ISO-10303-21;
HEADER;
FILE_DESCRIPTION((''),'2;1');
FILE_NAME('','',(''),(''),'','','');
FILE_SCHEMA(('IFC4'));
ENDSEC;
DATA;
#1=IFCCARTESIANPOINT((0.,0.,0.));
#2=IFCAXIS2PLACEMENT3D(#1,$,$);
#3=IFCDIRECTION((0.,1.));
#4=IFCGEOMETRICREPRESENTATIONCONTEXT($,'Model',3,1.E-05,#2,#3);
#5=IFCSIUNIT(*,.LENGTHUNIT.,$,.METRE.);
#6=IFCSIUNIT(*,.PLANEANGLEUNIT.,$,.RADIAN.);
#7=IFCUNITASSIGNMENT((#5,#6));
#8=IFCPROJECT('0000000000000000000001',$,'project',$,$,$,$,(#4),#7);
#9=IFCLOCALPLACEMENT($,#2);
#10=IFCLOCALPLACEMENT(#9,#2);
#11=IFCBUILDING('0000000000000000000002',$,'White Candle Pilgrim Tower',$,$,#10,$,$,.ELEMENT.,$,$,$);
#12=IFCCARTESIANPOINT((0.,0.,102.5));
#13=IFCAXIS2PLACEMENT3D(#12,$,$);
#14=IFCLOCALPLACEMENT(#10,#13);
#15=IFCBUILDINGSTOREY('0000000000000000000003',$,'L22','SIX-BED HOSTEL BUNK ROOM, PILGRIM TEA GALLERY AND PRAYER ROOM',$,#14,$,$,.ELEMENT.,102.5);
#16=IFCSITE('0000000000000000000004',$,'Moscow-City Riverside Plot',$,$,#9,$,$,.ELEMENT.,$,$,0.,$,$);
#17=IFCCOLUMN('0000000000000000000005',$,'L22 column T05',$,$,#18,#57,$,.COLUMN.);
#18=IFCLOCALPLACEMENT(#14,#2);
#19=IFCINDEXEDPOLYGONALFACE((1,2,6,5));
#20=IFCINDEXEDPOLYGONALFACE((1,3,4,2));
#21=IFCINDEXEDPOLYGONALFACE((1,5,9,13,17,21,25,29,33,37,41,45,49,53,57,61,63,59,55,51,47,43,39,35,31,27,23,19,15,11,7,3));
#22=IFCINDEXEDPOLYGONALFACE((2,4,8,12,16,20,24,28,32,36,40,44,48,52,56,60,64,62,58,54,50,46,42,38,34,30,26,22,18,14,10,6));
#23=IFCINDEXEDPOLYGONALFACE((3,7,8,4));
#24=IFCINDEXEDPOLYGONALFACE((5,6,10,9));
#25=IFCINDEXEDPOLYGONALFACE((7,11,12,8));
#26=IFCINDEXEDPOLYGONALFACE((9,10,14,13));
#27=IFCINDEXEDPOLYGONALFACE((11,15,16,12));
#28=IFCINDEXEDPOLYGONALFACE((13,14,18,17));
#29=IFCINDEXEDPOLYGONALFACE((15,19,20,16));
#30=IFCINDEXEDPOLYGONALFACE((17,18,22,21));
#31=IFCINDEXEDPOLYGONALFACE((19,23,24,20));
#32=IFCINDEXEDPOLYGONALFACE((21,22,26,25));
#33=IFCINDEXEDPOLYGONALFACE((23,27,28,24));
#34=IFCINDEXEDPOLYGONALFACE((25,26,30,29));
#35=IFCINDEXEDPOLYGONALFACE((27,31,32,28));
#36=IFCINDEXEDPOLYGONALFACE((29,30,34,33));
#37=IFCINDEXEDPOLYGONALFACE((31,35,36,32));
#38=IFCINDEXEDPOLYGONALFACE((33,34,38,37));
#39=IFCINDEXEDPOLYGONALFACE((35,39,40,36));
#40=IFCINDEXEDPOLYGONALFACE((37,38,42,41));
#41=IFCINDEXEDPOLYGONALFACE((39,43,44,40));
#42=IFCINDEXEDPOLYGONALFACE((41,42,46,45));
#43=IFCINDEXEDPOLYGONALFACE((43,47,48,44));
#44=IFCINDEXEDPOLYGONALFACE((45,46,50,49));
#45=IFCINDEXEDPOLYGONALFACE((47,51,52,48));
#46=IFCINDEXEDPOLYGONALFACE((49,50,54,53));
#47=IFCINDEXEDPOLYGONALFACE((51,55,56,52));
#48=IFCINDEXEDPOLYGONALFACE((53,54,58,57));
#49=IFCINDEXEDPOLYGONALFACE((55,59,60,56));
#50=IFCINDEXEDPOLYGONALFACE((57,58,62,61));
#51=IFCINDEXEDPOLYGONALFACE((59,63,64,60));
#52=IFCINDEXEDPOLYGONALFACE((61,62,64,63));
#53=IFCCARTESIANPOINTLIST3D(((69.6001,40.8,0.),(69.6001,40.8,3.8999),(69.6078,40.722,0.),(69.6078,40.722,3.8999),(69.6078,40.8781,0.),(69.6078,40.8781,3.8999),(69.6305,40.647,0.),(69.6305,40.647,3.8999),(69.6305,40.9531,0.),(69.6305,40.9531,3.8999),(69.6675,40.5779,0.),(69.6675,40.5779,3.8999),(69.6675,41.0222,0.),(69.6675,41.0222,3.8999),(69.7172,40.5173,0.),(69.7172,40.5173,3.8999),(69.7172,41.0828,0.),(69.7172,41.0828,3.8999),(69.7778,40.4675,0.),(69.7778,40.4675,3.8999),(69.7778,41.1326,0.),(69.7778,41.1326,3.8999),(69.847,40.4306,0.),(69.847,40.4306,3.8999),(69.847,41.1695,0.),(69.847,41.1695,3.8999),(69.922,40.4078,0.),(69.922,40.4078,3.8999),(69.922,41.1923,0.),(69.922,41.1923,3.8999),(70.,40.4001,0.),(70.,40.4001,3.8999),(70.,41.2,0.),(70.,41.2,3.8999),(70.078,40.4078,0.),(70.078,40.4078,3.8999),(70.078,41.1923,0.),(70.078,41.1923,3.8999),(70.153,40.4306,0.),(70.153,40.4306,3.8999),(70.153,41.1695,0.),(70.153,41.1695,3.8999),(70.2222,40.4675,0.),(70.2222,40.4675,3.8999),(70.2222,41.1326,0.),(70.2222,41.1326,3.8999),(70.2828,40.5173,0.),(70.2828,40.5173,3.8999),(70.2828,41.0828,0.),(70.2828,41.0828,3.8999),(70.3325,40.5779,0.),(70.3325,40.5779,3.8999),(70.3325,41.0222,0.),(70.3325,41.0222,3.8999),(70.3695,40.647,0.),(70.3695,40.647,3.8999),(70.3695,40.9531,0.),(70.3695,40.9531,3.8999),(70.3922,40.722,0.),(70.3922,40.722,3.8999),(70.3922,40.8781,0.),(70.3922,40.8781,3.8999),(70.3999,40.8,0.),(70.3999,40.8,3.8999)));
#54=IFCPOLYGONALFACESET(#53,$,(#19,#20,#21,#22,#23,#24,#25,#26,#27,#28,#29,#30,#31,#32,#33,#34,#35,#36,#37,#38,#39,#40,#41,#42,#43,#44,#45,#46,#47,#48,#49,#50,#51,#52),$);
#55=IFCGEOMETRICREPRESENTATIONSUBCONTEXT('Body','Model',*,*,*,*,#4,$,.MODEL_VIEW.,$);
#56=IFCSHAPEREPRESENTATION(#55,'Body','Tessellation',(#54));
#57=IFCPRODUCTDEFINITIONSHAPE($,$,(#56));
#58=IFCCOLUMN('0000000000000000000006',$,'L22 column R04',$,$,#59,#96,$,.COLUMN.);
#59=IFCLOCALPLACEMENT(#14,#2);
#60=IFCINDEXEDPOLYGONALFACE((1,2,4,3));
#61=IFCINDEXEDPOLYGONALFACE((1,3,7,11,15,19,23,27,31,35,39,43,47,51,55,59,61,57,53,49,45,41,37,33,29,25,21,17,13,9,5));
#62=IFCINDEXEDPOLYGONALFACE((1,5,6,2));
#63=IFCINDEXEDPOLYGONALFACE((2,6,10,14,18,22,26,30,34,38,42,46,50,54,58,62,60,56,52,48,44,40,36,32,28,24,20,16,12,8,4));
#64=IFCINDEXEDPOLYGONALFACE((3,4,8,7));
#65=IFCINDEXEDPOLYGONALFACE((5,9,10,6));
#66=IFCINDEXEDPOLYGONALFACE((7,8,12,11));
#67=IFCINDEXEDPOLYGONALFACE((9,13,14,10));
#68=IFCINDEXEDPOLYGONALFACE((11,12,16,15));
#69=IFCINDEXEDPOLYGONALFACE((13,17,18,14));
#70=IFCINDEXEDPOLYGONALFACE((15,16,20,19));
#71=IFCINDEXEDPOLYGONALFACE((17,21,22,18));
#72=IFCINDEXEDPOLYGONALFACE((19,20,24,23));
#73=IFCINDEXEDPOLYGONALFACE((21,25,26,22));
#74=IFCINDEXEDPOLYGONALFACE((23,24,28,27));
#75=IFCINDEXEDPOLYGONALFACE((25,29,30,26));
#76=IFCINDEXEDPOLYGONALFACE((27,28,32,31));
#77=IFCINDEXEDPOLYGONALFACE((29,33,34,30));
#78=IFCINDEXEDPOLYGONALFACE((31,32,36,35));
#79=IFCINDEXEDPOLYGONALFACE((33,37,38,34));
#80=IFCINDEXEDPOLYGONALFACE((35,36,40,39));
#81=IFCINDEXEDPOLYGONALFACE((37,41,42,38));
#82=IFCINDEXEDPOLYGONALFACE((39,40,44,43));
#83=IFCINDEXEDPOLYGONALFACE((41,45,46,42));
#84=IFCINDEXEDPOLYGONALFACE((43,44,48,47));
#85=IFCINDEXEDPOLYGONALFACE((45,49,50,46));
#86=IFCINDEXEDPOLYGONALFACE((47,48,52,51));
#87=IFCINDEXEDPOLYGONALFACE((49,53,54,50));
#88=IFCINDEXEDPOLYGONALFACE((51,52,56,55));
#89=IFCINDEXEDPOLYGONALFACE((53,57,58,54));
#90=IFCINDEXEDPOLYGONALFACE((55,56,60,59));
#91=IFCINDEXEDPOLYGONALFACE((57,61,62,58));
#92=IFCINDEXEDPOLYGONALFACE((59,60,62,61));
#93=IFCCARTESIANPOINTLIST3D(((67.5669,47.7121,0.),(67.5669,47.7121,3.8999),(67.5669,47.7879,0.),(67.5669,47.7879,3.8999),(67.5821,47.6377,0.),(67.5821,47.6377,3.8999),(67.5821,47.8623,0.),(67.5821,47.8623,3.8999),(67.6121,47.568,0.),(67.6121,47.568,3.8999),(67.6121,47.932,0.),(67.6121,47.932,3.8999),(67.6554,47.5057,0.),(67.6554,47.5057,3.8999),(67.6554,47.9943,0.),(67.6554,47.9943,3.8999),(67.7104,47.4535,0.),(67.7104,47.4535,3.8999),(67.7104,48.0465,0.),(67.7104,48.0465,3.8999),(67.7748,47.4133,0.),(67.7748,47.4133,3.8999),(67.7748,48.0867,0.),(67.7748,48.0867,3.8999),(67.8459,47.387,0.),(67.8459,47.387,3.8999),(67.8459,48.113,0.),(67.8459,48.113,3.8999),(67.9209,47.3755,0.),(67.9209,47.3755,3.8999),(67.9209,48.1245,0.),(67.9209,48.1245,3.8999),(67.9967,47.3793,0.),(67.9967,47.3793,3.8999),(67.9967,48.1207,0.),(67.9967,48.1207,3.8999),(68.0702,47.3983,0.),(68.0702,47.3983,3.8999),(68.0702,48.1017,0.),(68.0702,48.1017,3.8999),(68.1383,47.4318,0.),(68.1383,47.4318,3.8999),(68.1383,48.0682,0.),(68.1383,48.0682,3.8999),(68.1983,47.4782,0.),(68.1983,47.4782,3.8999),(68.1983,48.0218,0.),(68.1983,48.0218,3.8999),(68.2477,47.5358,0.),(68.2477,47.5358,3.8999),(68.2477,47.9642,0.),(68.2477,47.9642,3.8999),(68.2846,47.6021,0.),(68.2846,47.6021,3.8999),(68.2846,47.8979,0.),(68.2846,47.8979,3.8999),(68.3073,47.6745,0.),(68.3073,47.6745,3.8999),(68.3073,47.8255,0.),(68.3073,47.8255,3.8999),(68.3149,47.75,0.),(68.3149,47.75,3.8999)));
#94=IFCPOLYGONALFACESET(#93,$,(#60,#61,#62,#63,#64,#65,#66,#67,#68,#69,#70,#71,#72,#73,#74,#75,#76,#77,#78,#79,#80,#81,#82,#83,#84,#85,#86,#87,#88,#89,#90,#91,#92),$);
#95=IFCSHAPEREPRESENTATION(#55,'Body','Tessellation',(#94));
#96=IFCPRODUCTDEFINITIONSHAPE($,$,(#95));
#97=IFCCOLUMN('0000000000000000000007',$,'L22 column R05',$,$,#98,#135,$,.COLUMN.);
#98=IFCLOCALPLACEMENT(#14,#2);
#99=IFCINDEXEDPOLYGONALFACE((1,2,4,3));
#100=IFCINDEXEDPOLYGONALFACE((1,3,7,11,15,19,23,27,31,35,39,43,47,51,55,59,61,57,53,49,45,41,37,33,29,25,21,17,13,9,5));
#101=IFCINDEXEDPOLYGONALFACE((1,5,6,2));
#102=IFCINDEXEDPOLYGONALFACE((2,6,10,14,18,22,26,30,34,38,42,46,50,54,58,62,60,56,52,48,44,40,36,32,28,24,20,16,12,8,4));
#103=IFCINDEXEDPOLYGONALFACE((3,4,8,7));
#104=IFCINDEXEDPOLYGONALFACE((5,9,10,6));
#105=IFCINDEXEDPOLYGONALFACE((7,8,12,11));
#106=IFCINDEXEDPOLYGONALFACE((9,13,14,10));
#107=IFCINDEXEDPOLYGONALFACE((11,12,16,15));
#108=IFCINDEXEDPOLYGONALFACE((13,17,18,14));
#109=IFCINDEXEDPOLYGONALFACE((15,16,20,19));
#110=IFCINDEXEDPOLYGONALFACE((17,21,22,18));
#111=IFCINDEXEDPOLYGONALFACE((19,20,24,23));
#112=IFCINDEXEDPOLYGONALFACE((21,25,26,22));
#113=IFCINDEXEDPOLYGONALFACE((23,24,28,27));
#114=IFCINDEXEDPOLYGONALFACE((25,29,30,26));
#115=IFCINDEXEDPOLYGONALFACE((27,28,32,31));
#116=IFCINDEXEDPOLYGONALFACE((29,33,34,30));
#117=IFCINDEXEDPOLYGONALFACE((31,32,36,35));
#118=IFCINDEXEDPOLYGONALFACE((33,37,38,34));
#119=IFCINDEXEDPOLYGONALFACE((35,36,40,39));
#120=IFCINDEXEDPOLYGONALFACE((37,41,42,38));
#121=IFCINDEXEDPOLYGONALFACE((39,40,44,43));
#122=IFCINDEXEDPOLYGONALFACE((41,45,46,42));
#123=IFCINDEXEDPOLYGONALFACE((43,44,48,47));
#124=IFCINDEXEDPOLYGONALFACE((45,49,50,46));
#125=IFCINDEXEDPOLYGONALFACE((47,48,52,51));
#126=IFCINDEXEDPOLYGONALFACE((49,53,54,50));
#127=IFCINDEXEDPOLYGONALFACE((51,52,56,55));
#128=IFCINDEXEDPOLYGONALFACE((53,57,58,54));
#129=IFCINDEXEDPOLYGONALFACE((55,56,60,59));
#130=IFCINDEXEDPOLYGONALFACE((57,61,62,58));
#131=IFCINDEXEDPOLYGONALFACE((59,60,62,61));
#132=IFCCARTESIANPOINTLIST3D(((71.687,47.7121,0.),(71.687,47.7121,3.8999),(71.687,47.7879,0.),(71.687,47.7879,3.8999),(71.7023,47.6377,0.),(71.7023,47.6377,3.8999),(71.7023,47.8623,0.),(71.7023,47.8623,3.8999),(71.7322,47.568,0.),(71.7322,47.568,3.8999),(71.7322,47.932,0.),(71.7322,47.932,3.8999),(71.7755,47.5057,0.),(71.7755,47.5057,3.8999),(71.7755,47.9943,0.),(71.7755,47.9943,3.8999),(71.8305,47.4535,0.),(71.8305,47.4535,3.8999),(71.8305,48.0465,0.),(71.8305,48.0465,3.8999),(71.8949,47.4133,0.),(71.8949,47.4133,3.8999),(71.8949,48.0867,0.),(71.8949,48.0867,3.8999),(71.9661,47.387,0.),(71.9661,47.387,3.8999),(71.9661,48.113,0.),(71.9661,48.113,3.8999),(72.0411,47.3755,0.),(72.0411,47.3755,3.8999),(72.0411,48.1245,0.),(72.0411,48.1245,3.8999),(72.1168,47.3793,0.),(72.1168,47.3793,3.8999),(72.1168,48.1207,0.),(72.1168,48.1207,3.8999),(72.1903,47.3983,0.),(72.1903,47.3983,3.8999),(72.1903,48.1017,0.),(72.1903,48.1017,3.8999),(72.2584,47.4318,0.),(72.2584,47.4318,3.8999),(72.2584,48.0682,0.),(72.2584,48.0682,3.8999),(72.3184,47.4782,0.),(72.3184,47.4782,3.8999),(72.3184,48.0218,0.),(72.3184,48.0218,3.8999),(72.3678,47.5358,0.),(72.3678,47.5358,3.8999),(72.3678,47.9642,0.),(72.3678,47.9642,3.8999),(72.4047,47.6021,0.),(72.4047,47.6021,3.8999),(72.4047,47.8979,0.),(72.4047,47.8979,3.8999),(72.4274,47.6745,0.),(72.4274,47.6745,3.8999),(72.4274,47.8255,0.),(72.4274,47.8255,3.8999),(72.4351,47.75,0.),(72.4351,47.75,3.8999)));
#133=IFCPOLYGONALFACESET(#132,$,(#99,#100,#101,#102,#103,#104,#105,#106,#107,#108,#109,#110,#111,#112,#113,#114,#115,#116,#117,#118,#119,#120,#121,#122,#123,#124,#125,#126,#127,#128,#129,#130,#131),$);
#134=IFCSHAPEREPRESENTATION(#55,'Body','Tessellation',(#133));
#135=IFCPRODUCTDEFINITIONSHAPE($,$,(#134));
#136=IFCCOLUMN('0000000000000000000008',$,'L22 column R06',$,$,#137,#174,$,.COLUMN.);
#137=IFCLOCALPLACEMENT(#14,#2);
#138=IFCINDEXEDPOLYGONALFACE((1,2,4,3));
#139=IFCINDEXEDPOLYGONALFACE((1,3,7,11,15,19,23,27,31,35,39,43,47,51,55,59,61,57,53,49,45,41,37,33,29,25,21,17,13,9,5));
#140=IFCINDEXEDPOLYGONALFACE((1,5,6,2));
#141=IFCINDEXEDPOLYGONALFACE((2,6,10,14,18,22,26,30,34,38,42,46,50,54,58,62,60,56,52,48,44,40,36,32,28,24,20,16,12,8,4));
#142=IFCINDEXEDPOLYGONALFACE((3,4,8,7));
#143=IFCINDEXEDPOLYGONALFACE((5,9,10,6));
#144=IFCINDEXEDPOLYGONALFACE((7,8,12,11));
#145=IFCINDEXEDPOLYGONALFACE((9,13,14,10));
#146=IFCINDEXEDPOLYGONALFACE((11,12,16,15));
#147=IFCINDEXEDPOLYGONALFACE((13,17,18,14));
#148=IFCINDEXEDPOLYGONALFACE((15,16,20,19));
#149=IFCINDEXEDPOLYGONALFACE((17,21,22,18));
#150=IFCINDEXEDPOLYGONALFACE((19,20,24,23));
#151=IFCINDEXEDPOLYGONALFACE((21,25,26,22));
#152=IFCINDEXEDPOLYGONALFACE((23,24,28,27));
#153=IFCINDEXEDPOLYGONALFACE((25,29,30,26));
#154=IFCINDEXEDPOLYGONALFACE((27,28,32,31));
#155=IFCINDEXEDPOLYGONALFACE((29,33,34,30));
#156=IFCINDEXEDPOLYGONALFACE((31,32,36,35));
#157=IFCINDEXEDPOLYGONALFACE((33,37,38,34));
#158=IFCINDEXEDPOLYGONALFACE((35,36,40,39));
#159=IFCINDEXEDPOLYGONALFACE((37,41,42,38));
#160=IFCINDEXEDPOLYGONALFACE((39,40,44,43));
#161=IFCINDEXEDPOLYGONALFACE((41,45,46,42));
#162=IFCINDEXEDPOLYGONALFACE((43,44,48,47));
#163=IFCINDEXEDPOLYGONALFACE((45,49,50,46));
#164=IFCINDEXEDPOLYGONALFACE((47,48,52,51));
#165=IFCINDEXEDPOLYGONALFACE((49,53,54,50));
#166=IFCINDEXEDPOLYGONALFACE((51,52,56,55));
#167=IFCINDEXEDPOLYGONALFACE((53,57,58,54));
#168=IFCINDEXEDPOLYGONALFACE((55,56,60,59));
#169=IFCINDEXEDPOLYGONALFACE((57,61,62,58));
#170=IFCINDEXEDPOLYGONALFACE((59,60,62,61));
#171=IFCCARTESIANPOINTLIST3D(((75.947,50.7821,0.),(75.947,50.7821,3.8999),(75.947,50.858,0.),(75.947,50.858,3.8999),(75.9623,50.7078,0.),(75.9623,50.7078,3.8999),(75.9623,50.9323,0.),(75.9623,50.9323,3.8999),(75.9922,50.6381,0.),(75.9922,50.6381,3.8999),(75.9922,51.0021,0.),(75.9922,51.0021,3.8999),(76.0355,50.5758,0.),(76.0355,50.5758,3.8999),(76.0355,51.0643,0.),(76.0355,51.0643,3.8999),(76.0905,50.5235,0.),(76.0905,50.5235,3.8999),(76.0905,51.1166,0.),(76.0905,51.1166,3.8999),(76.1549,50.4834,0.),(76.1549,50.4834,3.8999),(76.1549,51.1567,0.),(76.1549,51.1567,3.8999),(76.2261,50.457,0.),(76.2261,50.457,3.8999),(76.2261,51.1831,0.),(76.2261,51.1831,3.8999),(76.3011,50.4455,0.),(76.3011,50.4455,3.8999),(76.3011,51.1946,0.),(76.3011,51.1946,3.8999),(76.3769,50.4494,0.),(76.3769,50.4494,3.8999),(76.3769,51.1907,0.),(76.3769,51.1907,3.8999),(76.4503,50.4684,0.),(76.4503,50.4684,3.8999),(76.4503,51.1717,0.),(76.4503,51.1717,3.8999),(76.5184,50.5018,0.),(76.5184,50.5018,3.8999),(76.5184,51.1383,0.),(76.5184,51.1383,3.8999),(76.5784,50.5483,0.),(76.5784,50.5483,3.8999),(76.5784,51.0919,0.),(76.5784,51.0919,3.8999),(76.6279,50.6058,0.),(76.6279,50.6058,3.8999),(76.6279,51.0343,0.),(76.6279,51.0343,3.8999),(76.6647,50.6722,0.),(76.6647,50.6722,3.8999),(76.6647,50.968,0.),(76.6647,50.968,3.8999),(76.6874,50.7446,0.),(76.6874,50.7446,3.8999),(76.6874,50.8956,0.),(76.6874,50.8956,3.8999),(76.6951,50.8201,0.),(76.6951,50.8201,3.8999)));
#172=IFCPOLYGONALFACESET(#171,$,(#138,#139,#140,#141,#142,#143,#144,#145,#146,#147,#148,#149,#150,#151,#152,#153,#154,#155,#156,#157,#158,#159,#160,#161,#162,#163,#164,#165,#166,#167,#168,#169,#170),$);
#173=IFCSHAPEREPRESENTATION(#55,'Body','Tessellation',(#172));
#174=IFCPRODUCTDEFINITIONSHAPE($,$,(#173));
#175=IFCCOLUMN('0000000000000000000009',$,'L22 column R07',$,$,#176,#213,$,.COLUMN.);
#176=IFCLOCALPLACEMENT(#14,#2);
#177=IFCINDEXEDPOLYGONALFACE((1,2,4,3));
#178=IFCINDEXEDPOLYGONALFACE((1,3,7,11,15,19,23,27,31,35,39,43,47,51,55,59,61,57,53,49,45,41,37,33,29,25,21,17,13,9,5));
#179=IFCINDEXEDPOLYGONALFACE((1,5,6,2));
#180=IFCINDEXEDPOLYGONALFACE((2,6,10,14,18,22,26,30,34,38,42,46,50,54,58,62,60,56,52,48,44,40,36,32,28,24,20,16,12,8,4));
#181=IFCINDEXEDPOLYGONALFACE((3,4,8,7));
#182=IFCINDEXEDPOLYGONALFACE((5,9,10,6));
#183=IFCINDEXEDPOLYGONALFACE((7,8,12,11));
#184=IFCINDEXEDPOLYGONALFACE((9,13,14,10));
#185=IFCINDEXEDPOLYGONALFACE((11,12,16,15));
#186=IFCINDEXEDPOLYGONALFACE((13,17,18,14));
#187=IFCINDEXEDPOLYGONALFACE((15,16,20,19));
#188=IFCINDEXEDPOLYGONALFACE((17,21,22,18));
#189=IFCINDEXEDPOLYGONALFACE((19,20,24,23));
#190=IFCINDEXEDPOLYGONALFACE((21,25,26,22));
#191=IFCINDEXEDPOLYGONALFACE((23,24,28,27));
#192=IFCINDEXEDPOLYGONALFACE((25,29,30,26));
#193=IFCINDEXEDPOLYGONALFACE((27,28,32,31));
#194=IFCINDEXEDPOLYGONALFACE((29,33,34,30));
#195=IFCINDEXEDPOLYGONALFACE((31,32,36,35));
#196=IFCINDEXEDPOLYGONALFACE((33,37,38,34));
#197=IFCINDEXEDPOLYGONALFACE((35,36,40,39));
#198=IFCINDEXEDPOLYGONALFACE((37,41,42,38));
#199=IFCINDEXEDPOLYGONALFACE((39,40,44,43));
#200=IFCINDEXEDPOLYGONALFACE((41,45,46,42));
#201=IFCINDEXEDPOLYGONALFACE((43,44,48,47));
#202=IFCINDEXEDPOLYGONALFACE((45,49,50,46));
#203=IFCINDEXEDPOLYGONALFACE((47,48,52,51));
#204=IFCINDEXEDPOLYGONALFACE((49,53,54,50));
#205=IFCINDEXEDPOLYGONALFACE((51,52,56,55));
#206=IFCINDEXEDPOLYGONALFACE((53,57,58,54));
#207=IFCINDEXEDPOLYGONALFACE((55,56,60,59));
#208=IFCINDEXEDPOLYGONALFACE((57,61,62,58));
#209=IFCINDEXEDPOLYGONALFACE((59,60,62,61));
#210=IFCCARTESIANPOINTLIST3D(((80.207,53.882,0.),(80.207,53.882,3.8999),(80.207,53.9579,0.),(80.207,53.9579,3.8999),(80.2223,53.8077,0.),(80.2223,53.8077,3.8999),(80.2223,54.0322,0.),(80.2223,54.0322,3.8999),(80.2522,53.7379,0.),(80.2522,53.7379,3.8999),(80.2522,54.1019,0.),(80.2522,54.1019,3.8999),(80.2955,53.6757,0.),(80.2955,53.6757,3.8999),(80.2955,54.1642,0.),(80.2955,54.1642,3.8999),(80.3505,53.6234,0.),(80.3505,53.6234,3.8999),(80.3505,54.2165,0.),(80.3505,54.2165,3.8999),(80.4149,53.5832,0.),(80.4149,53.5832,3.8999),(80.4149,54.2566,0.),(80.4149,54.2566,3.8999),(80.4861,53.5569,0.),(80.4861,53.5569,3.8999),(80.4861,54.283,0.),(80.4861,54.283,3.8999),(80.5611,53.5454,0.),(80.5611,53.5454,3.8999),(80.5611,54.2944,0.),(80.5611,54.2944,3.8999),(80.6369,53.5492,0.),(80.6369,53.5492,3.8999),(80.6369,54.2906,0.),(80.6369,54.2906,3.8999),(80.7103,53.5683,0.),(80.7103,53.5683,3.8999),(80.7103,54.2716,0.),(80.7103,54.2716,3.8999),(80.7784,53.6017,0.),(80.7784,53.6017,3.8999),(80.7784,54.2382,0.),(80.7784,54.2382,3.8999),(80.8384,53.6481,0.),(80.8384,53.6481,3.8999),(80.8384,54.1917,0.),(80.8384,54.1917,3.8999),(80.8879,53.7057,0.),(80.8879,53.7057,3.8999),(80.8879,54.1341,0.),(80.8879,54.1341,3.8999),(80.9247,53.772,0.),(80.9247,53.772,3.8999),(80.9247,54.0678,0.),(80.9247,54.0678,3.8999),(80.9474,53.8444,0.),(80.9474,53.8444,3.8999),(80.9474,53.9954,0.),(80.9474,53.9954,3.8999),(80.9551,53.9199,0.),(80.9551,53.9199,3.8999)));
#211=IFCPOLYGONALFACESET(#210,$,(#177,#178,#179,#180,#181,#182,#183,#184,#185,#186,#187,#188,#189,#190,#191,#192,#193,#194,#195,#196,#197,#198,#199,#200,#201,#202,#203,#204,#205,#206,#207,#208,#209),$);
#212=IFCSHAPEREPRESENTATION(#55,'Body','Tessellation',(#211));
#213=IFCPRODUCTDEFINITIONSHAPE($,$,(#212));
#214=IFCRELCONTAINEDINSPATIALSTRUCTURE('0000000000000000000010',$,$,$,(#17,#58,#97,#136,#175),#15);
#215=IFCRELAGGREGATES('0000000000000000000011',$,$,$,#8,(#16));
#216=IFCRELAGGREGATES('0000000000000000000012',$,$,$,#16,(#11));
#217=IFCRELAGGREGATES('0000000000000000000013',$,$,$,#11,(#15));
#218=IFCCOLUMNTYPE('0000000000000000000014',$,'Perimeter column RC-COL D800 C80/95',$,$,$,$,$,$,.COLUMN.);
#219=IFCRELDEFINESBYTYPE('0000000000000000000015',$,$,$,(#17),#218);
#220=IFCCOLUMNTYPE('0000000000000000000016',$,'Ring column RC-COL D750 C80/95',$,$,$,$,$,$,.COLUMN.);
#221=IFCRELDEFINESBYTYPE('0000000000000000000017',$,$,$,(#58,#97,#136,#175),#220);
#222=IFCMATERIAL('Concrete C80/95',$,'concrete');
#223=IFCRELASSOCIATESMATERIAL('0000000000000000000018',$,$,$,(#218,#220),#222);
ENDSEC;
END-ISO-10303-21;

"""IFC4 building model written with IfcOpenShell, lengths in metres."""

from ifc_helpers import new_model, si_unit, direction, frame, origin, origin_2d, place, context, subcontext, project, spatial, circle, extrude, material, material_profile, profile_set, type_object, element, save


model = new_model("IFC4")

# Units and contexts
model_context = context("Model", 3, precision=1e-05, world=origin(), true_north=direction((0.0, 1.0)))
body_context = subcontext(model_context, "Body", "Model", "MODEL_VIEW")
ifc_project = project(units=[si_unit("LENGTHUNIT", "METRE"), si_unit("PLANEANGLEUNIT", "RADIAN")], contexts=[model_context])

# Site, building, storey
site_placement = place(None, origin())
site = spatial("IfcSite", under=ifc_project, at=site_placement, Name="Moscow-City Riverside Plot", CompositionType="ELEMENT", RefElevation=0.0)
building_placement = place(site_placement, origin())
building = spatial("IfcBuilding", under=site, at=building_placement, Name="White Candle Pilgrim Tower", CompositionType="ELEMENT")
storey_placement = place(building_placement, frame((0.0, 0.0, 102.5)))
storey = spatial("IfcBuildingStorey", under=building, at=storey_placement, Name="L22", Description="SIX-BED HOSTEL BUNK ROOM, PILGRIM TEA GALLERY AND PRAYER ROOM", CompositionType="ELEMENT", Elevation=102.5)

# Columns
ifc_material_1 = material(Name="Concrete C80/95", Category="concrete")
ifc_material_profile_1 = material_profile(ifc_material_1, circle(Radius=0.3999, at=origin_2d()), Name="RC-COL D800")
ifc_profile_set_1 = profile_set([ifc_material_profile_1], Name="Concrete C80/95")
column_type_1 = type_object("IfcColumnType", Name="Perimeter column RC-COL D800 C80/95", PredefinedType="COLUMN", material=ifc_profile_set_1)
column_placement = place(storey_placement, frame((70.0, 40.8, 0.0), z_axis=(0.0, 0.0, 1.0), x_axis=(1.0, 0.0, 0.0)))
element("IfcColumn", 1, at=column_placement, inside=storey, type_object=column_type_1, Name="L22 column T05", PredefinedType="COLUMN", context=body_context, shape_type="SweptSolid", body=[
    extrude(circle(Radius=0.3999, at=origin_2d()), origin(), (0.0, 0.0, 1.0), 3.8999),
])
ifc_material_profile_2 = material_profile(ifc_material_1, circle(Radius=0.375, at=origin_2d()), Name="RC-COL D750")
ifc_profile_set_2 = profile_set([ifc_material_profile_2], Name="Concrete C80/95")
column_type_2 = type_object("IfcColumnType", Name="Ring column RC-COL D750 C80/95", PredefinedType="COLUMN", material=ifc_profile_set_2)
for number, where, z_axis, x_axis, name in (
    (2, (67.9399, 47.75, 0.0), (0.0, 0.0, 1.0), (1.0, 0.0, 0.0), "L22 column R04"),
    (3, (72.0601, 47.75, 0.0), (0.0, 0.0, 1.0), (1.0, 0.0, 0.0), "L22 column R05"),
    (4, (76.3201, 50.8201, 0.0), (0.0, 0.0, 1.0), (1.0, 0.0, 0.0), "L22 column R06"),
    (5, (80.5801, 53.9199, 0.0), (0.0, 0.0, 1.0), (1.0, 0.0, 0.0), "L22 column R07"),
):
    element("IfcColumn", number, at=place(storey_placement, frame(where, z_axis=z_axis, x_axis=x_axis)), inside=storey, type_object=column_type_2, Name=name, PredefinedType="COLUMN", context=body_context, shape_type="SweptSolid", body=[
        extrude(circle(Radius=0.375, at=origin_2d()), origin(), (0.0, 0.0, 1.0), 3.8999),
    ])

save(model, "model.ifc")
